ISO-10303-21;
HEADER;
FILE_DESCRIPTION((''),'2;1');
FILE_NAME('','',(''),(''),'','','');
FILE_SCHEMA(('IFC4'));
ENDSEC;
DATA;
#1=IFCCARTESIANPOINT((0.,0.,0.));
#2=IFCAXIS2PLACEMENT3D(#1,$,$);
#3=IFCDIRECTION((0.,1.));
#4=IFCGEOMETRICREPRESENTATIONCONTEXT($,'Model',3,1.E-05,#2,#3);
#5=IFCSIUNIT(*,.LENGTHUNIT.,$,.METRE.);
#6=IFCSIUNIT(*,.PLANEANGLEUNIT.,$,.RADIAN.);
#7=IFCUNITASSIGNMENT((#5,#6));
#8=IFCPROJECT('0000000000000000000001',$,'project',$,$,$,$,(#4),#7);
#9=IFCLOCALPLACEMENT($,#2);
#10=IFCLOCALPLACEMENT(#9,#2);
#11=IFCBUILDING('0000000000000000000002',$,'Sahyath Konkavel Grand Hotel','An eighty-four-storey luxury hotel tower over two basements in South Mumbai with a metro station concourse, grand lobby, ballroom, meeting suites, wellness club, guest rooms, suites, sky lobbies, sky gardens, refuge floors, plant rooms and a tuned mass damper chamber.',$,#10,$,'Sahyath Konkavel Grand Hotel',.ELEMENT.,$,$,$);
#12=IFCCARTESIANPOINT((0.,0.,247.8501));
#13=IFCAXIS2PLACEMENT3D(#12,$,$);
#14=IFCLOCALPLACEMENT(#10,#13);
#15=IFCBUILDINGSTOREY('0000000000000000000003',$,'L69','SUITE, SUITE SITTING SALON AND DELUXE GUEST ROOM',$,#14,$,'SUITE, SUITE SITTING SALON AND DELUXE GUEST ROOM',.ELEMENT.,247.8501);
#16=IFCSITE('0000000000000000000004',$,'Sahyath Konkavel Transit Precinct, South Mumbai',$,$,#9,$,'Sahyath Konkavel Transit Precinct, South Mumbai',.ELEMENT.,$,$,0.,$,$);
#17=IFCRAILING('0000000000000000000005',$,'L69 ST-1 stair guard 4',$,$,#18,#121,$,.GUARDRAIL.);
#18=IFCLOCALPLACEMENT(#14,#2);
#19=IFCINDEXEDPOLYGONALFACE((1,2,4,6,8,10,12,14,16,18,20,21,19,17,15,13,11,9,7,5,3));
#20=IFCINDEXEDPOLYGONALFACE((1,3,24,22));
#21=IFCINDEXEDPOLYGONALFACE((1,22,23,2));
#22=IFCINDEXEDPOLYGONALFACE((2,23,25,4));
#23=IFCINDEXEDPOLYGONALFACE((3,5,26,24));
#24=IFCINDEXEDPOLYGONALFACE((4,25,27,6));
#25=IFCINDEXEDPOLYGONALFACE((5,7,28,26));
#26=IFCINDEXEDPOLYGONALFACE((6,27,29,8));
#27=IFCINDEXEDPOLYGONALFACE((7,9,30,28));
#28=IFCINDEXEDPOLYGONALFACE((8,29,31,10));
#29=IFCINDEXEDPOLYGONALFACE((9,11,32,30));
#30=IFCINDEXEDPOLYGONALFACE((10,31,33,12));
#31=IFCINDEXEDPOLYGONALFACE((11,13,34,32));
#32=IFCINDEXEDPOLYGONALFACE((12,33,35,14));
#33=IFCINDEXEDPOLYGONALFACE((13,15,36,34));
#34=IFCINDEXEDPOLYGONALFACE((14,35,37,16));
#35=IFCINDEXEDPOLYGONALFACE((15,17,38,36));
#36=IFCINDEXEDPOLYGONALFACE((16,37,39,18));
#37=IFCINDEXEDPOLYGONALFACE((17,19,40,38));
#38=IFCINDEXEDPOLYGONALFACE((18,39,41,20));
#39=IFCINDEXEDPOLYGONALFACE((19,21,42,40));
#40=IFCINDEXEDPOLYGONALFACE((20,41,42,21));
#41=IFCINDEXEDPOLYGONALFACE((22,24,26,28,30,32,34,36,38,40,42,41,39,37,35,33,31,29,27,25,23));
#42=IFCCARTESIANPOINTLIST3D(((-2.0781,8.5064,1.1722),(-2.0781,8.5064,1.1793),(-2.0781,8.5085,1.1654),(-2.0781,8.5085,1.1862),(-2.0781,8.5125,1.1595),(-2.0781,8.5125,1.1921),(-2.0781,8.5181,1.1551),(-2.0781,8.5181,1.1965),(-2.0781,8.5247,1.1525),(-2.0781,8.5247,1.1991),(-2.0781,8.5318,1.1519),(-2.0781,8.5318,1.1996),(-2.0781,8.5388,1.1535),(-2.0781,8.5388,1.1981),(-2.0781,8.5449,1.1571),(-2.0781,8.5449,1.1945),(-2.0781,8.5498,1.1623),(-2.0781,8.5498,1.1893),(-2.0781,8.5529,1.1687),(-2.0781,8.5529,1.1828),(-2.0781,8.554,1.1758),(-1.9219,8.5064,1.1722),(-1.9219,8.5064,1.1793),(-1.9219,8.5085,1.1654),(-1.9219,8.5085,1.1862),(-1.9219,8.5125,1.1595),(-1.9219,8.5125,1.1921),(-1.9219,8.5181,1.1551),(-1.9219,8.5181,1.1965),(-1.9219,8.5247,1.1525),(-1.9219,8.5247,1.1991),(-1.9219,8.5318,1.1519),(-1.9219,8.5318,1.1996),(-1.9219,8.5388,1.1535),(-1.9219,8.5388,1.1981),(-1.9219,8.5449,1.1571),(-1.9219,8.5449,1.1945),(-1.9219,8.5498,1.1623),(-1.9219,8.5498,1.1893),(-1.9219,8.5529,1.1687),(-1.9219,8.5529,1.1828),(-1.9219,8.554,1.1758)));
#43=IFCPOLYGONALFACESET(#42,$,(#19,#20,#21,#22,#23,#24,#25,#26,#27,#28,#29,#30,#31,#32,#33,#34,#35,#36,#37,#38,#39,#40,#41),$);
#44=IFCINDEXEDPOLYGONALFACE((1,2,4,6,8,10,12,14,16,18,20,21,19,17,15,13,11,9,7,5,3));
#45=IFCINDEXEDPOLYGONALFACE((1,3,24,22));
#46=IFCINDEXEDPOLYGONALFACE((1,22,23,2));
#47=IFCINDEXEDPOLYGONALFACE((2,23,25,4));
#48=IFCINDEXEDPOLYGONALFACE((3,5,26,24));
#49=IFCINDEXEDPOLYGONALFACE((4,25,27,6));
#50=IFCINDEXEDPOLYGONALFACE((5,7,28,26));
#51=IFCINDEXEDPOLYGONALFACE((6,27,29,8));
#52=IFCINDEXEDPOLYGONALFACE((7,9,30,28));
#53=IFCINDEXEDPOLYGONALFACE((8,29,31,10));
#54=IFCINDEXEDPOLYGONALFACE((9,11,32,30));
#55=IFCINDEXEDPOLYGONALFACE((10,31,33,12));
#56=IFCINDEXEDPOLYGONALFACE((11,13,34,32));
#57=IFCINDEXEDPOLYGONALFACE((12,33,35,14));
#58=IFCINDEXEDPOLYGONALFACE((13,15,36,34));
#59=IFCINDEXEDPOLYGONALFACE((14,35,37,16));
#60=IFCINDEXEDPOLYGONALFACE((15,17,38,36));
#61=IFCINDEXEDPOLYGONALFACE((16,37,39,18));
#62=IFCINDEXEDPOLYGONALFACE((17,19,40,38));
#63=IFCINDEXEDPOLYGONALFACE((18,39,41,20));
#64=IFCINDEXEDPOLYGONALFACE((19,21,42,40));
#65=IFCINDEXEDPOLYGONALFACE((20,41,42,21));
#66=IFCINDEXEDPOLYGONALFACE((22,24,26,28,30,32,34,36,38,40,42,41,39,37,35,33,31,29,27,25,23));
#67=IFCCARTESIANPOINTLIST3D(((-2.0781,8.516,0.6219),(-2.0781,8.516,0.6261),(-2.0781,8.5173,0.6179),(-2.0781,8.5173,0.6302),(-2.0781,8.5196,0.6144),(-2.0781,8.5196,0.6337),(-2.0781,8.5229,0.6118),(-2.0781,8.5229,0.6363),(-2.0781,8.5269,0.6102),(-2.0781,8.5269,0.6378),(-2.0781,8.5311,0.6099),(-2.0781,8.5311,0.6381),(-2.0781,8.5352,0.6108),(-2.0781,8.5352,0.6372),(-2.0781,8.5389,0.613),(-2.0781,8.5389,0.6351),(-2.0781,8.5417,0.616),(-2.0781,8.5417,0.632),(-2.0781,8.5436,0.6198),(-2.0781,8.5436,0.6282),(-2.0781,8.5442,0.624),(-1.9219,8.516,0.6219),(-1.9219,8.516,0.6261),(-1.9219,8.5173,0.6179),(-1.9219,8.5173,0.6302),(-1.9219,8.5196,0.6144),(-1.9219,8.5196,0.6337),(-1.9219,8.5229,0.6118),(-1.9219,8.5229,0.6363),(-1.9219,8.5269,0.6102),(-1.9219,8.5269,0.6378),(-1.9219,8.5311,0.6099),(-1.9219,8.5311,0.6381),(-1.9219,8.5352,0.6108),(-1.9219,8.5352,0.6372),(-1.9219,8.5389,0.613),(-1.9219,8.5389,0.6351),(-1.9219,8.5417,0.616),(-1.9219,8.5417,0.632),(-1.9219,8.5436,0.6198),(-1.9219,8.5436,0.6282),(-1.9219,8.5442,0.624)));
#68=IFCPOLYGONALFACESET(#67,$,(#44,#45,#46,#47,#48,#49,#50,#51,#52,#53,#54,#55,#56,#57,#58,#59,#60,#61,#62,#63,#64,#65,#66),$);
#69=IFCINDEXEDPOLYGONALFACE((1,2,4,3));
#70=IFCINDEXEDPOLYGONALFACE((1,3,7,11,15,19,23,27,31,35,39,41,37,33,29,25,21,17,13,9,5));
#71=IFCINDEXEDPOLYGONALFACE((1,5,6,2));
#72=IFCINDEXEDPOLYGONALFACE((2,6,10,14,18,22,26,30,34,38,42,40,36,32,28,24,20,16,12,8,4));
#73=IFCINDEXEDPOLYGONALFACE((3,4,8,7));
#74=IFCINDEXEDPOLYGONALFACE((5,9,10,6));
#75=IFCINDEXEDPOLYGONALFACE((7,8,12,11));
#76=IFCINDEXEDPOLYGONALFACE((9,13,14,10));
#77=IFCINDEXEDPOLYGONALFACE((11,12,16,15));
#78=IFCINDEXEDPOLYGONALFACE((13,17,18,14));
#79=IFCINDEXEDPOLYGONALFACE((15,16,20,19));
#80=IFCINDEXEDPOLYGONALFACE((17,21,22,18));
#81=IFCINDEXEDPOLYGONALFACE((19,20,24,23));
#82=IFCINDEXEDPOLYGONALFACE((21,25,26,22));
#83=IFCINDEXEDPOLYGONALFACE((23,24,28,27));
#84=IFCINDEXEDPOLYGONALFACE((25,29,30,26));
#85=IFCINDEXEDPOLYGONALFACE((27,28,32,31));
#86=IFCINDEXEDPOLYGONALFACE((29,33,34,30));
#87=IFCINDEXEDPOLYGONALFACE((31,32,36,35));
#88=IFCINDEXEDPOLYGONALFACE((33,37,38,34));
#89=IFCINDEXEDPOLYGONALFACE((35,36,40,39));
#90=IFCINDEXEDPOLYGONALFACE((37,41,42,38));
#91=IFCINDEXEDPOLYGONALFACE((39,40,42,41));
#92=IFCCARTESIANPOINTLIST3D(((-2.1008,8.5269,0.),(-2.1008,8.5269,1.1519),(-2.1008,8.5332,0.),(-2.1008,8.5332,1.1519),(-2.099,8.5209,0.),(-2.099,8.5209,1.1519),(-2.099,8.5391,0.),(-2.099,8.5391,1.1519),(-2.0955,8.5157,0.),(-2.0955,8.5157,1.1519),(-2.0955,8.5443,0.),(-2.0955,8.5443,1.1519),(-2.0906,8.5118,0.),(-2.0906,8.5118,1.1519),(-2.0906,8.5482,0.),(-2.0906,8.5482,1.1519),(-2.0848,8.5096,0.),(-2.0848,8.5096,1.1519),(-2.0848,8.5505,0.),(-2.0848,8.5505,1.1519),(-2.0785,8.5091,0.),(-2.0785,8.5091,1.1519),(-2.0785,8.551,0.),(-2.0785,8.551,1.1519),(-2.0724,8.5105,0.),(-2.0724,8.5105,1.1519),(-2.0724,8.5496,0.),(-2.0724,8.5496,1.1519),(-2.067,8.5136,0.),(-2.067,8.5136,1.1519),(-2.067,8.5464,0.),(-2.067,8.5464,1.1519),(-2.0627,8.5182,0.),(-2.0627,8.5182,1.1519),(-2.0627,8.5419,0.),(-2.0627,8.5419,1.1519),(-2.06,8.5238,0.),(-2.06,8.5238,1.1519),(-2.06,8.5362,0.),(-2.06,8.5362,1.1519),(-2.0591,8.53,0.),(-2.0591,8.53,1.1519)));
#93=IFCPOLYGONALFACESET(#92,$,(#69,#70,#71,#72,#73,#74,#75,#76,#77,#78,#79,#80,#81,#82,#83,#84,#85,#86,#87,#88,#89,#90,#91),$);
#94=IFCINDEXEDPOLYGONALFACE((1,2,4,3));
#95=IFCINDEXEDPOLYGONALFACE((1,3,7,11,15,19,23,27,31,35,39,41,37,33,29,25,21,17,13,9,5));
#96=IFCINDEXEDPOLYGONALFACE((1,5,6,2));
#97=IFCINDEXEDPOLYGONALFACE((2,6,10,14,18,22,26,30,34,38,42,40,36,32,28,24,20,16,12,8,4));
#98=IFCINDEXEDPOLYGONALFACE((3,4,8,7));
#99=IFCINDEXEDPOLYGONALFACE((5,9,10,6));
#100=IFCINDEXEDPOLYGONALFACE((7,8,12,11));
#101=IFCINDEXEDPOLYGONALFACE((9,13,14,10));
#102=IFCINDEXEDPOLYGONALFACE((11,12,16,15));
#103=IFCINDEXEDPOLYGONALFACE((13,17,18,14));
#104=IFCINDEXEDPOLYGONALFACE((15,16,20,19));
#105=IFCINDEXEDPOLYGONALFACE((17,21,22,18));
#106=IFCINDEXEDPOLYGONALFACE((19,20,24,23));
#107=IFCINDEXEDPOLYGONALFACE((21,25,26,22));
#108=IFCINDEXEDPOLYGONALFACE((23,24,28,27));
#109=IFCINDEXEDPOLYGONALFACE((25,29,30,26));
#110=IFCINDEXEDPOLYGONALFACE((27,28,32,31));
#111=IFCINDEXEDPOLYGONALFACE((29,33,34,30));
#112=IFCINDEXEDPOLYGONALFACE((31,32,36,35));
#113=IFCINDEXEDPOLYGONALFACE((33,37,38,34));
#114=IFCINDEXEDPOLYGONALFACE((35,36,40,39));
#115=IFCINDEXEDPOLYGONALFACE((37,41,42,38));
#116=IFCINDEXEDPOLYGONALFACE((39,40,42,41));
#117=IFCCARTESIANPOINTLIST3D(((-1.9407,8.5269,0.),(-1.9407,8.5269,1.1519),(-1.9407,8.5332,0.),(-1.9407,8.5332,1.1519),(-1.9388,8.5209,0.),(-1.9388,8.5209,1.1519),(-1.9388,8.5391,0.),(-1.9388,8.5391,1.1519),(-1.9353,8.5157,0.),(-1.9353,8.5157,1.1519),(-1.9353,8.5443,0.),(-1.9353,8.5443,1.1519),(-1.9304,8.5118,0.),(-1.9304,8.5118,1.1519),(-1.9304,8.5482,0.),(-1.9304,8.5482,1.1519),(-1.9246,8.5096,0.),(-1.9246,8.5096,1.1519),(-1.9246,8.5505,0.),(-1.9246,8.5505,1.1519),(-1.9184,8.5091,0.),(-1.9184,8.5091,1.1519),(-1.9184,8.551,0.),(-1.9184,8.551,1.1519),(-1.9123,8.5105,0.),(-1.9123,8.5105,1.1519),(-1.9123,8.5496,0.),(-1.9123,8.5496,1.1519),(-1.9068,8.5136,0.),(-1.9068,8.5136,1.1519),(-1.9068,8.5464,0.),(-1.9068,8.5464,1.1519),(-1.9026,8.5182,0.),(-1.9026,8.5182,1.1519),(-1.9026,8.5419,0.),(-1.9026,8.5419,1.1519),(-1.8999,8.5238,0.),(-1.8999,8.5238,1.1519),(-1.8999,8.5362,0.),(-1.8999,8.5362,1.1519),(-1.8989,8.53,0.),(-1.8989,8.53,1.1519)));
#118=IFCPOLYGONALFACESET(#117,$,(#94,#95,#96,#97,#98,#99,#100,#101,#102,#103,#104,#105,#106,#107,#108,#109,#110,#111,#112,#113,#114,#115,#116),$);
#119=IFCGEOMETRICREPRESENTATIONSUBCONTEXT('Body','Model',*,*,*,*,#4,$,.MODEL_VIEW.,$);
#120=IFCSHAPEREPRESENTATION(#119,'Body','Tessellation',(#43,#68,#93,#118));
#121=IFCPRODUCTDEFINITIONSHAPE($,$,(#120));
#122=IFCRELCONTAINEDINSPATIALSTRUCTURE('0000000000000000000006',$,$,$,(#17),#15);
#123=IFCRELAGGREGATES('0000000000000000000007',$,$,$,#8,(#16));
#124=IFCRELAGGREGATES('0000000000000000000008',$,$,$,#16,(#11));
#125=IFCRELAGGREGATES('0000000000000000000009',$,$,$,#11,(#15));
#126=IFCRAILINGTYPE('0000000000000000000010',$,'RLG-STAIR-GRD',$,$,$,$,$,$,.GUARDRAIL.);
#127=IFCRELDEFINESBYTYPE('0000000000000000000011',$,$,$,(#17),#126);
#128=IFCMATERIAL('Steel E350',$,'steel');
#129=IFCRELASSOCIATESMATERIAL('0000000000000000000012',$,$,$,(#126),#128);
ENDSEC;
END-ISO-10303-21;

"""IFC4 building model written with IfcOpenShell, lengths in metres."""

from ifc_helpers import new_model, si_unit, direction, frame, origin, origin_2d, place, context, subcontext, project, spatial, circle, extrude, material, type_object, element, save


model = new_model("IFC4")

# Units and contexts
model_context = context("Model", 3, precision=1e-05, world=origin(), true_north=direction((0.0, 1.0)))
body_context = subcontext(model_context, "Body", "Model", "MODEL_VIEW")
ifc_project = project(units=[si_unit("LENGTHUNIT", "METRE"), si_unit("PLANEANGLEUNIT", "RADIAN")], contexts=[model_context])

# Site, building, storey
site_placement = place(None, origin())
site = spatial("IfcSite", under=ifc_project, at=site_placement, Name="Sahyath Konkavel Transit Precinct, South Mumbai", LongName="Sahyath Konkavel Transit Precinct, South Mumbai", CompositionType="ELEMENT", RefElevation=0.0)
building_placement = place(site_placement, origin())
building = spatial("IfcBuilding", under=site, at=building_placement, Name="Sahyath Konkavel Grand Hotel", Description="An eighty-four-storey luxury hotel tower over two basements in South Mumbai with a metro station concourse, grand lobby, ballroom, meeting suites, wellness club, guest rooms, suites, sky lobbies, sky gardens, refuge floors, plant rooms and a tuned mass damper chamber.", LongName="Sahyath Konkavel Grand Hotel", CompositionType="ELEMENT")
storey_placement = place(building_placement, frame((0.0, 0.0, 247.8501)))
storey = spatial("IfcBuildingStorey", under=building, at=storey_placement, Name="L69", Description="SUITE, SUITE SITTING SALON AND DELUXE GUEST ROOM", LongName="SUITE, SUITE SITTING SALON AND DELUXE GUEST ROOM", CompositionType="ELEMENT", Elevation=247.8501)

# Shared definitions
ifc_material_1 = material(Name="Steel E350", Category="steel")

# Railing
railing_type_1 = type_object("IfcRailingType", Name="RLG-STAIR-GRD", PredefinedType="GUARDRAIL", material=ifc_material_1)
railing_1_placement = place(storey_placement, frame((-2.0801, 8.53, 0.0)))
element("IfcRailing", 1, at=railing_1_placement, inside=storey, type_object=railing_type_1, Name="L69 ST-1 stair guard 4", PredefinedType="GUARDRAIL", context=body_context, shape_type="SweptSolid", body=[
    extrude(circle(Radius=0.0239, at=origin_2d()), frame((0.002, 0.0, 1.1758), z_axis=(1.0, 0.0, 0.0), x_axis=(0.0, 1.0, 0.0)), (0.0, 0.0, 1.0), 0.1562),
    extrude(circle(Radius=0.0142, at=origin_2d()), frame((0.002, 0.0, 0.624), z_axis=(1.0, 0.0, 0.0), x_axis=(0.0, 1.0, 0.0)), (0.0, 0.0, 1.0), 0.1562),
    extrude(circle(Radius=0.021, at=origin_2d()), origin(), (0.0, 0.0, 1.0), 1.1519),
    extrude(circle(Radius=0.021, at=origin_2d()), frame((0.1602, 0.0, 0.0)), (0.0, 0.0, 1.0), 1.1519),
])

save(model, "model.ifc")
